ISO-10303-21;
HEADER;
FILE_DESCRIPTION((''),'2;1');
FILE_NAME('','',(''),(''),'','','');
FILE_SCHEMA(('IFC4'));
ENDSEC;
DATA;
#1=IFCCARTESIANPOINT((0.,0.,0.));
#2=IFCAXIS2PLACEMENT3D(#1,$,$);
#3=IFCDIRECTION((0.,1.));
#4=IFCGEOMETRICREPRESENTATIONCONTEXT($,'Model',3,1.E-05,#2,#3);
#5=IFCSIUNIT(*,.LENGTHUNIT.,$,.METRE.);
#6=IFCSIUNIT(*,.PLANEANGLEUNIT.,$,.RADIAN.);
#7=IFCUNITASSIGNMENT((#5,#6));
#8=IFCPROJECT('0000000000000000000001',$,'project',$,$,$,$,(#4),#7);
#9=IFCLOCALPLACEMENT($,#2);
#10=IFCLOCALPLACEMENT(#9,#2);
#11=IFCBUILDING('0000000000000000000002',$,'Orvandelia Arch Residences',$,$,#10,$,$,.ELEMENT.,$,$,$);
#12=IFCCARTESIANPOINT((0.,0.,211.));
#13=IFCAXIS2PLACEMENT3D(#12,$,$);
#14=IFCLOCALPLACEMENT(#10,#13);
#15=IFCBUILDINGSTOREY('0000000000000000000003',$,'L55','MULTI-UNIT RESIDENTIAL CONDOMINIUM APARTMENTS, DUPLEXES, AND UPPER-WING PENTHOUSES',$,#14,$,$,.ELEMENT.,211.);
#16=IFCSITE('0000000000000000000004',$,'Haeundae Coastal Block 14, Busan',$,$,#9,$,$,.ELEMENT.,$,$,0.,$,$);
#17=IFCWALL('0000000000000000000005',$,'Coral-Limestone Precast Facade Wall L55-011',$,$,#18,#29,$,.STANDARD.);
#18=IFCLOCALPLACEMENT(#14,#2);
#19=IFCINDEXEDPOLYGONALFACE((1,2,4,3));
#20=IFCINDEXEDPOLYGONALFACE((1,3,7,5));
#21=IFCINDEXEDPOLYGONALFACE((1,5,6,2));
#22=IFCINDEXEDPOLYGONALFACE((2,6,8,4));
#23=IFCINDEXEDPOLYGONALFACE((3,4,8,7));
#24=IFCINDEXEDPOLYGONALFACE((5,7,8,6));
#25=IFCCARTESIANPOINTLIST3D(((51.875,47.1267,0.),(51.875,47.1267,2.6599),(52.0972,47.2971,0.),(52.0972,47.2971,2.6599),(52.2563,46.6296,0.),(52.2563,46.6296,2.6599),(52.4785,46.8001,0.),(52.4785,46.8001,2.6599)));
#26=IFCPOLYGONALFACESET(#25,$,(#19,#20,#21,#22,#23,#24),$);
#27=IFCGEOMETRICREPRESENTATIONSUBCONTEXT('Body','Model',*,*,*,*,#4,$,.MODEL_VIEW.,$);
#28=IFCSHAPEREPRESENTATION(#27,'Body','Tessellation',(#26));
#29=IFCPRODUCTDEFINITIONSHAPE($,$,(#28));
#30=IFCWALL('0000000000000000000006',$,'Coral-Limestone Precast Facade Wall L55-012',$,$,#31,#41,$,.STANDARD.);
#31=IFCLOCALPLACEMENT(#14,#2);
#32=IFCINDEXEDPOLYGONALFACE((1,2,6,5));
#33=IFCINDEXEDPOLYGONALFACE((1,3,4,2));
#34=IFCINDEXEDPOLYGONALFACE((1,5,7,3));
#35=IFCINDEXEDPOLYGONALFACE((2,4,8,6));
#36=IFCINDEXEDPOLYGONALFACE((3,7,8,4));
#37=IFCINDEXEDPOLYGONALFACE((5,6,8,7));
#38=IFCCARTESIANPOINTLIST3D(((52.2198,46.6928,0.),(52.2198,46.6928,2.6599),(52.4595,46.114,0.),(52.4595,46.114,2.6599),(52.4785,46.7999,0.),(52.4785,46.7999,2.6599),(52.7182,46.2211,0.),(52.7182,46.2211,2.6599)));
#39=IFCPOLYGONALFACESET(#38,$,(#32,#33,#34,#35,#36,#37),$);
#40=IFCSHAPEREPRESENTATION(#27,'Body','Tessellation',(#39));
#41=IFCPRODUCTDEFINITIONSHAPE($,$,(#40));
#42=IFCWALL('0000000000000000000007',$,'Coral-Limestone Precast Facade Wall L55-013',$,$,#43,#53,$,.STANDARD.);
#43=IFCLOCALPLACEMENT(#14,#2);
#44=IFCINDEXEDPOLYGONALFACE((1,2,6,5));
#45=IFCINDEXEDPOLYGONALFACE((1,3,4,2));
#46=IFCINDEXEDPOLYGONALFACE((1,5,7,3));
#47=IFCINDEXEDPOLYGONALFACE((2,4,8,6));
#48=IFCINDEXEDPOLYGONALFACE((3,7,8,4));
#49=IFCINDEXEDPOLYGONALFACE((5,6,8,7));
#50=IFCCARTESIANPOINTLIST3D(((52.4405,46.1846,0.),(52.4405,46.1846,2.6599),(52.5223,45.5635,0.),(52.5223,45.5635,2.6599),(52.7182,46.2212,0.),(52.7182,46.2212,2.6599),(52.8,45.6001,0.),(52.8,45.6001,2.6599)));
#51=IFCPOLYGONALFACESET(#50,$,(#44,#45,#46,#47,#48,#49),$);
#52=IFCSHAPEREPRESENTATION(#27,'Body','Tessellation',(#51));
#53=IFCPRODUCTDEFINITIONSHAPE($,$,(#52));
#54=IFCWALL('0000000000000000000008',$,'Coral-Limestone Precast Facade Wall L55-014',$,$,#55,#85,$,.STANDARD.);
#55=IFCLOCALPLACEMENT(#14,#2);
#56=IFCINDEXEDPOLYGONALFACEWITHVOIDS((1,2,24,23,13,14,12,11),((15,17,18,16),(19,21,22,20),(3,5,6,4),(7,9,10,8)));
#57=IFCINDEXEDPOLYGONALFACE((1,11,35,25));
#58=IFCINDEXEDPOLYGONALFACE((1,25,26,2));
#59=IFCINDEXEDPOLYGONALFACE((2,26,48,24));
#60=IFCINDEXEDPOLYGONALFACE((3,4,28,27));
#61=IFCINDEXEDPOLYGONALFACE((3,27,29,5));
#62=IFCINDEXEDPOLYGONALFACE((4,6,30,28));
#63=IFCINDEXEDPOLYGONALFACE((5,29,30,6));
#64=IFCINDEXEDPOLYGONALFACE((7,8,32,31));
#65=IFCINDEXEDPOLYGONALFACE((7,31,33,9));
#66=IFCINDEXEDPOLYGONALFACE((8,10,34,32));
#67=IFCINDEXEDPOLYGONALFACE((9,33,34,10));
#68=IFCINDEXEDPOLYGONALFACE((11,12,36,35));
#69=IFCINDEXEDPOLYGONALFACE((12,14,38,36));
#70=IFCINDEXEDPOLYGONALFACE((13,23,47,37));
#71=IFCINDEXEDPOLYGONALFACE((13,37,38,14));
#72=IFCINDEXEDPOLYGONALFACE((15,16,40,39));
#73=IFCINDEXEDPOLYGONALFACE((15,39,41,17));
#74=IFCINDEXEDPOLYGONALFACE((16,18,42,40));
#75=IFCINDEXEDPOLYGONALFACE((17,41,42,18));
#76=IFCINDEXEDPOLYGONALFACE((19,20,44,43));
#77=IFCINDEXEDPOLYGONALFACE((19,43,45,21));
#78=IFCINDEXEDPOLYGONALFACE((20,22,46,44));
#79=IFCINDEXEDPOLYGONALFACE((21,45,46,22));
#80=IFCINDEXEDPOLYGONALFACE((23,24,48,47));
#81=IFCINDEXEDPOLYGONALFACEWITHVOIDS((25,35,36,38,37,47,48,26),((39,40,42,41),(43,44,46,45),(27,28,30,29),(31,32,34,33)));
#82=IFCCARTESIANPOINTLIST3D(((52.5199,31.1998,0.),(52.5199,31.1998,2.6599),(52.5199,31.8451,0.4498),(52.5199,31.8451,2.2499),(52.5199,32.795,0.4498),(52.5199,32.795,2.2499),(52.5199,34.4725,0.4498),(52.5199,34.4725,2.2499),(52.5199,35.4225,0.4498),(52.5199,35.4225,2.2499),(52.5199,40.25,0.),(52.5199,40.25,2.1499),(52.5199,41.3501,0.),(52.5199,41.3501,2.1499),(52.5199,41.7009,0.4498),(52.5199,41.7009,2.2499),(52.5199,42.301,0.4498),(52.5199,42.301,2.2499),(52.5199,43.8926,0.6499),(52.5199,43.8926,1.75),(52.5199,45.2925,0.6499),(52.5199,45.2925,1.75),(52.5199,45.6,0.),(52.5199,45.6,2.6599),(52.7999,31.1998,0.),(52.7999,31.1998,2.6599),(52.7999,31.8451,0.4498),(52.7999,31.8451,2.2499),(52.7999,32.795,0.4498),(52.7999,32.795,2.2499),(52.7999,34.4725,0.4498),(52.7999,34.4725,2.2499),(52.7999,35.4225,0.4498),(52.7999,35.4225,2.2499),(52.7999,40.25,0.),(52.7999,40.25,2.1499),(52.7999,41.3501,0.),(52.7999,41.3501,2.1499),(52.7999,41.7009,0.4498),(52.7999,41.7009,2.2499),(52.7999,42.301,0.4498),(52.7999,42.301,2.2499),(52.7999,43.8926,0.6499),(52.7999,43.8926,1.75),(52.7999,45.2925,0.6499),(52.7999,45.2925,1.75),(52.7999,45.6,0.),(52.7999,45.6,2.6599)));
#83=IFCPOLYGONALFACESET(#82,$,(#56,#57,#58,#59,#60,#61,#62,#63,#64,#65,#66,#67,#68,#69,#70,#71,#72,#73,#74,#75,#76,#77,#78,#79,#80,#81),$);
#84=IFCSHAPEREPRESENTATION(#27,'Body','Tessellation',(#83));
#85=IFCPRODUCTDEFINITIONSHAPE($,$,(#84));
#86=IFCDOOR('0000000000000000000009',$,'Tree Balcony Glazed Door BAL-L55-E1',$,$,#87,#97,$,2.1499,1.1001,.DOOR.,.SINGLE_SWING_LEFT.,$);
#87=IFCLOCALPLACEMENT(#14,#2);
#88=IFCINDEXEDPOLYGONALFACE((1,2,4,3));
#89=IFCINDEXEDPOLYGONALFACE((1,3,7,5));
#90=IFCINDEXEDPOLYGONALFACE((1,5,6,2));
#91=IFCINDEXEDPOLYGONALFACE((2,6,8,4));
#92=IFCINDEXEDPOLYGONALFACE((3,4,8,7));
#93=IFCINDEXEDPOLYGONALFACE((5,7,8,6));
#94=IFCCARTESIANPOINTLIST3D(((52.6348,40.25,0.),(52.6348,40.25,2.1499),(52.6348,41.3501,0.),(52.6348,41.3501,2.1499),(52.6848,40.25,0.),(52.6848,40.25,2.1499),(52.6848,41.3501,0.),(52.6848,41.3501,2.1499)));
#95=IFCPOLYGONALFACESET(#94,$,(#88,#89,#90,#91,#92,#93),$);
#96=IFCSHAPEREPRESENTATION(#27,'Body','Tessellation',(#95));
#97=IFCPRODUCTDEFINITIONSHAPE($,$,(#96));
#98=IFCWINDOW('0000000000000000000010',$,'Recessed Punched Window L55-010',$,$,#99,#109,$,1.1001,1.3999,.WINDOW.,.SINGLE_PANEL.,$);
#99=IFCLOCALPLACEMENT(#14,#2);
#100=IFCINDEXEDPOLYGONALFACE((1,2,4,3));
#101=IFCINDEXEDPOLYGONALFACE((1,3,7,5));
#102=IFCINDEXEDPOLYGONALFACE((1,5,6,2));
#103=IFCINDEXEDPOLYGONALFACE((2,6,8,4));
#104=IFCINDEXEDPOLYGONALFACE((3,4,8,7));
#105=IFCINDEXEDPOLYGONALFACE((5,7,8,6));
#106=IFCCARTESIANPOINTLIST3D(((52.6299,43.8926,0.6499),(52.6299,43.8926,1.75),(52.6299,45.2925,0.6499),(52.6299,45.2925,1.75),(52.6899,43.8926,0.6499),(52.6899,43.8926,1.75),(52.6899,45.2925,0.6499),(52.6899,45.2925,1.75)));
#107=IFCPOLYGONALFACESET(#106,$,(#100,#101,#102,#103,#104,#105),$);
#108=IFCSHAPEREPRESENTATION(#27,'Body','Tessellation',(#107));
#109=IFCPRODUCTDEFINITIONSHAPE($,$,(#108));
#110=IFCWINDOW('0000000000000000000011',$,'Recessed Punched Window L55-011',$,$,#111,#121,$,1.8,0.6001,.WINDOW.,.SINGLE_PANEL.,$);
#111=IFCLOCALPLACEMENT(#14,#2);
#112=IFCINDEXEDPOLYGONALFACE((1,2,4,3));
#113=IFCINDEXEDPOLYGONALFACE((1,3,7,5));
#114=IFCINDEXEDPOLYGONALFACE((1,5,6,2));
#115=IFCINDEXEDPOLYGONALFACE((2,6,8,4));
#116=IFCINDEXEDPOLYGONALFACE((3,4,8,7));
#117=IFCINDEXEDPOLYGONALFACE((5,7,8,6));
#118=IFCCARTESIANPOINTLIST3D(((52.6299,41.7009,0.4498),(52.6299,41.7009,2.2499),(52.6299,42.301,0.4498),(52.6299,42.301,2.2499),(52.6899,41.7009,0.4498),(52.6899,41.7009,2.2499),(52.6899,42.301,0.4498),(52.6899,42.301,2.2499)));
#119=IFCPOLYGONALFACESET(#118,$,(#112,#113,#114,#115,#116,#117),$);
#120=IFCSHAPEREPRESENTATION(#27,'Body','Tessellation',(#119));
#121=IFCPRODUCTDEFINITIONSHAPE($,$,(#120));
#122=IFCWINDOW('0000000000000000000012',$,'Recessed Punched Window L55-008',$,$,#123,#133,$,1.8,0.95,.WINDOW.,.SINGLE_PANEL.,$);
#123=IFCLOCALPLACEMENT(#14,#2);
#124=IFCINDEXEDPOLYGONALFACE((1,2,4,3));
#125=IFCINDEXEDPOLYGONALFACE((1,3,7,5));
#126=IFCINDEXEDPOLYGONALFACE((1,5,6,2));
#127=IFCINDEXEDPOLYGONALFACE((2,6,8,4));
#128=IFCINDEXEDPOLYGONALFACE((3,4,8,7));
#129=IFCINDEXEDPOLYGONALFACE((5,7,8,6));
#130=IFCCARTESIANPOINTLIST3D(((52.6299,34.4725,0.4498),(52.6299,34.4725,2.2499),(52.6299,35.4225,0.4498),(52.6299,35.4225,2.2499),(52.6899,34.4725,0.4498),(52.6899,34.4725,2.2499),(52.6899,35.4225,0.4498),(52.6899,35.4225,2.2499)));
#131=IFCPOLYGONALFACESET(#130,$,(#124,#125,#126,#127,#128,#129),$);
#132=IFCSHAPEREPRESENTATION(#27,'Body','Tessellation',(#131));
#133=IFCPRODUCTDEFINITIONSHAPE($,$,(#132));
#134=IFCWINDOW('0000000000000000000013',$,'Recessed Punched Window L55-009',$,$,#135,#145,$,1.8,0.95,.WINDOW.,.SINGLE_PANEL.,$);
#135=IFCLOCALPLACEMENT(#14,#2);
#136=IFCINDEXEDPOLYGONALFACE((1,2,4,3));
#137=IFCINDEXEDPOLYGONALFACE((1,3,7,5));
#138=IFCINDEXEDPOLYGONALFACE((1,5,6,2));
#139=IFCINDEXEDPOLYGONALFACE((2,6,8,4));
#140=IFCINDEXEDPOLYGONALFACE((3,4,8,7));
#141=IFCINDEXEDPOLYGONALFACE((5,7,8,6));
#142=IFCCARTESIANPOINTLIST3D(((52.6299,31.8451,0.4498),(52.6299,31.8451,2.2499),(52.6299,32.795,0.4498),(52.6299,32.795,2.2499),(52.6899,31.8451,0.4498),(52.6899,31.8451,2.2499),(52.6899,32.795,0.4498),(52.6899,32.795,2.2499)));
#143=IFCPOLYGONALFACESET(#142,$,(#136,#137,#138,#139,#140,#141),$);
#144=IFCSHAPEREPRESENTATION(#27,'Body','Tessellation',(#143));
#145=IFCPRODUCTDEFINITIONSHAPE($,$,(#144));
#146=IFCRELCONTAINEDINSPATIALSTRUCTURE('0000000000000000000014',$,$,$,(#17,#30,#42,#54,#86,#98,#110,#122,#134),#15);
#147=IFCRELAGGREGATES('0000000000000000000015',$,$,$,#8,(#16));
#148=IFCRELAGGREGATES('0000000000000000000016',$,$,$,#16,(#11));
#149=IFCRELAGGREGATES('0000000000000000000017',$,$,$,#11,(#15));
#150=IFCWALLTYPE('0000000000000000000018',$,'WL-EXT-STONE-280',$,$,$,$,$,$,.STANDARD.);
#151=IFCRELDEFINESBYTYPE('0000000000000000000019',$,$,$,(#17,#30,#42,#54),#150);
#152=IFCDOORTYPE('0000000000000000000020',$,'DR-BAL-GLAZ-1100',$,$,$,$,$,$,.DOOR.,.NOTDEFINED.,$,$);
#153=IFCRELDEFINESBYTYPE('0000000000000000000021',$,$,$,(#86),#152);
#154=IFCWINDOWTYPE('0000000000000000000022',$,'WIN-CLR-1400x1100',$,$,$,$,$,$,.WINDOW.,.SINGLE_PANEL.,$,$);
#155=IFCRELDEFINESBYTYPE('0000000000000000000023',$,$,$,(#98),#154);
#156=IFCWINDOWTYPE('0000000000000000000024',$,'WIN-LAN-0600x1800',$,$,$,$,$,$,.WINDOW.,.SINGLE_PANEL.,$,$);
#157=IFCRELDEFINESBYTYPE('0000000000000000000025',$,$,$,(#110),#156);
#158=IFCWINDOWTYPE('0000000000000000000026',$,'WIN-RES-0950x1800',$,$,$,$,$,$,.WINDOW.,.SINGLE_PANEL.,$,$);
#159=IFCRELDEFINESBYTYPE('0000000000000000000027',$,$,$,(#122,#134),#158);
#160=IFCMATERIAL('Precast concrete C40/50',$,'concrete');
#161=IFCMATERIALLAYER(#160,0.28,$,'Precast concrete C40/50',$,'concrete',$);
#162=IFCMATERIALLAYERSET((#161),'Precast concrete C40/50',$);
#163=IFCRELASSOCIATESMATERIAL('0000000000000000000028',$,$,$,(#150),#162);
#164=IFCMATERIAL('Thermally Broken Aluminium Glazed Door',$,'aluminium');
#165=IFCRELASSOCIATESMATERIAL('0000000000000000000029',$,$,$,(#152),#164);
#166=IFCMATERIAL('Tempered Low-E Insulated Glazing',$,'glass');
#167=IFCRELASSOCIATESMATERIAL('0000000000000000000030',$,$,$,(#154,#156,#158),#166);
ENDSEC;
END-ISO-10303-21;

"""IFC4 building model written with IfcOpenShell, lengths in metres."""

from ifc_helpers import new_model, si_unit, direction, frame, frame_2d, origin, place, context, subcontext, project, spatial, rectangle, extrude, material, layer, layer_set, type_object, element, fill, save


model = new_model("IFC4")

# Units and contexts
model_context = context("Model", 3, precision=1e-05, world=origin(), true_north=direction((0.0, 1.0)))
body_context = subcontext(model_context, "Body", "Model", "MODEL_VIEW")
ifc_project = project(units=[si_unit("LENGTHUNIT", "METRE"), si_unit("PLANEANGLEUNIT", "RADIAN")], contexts=[model_context])

# Site, building, storey
site_placement = place(None, origin())
site = spatial("IfcSite", under=ifc_project, at=site_placement, Name="Haeundae Coastal Block 14, Busan", CompositionType="ELEMENT", RefElevation=0.0)
building_placement = place(site_placement, origin())
building = spatial("IfcBuilding", under=site, at=building_placement, Name="Orvandelia Arch Residences", CompositionType="ELEMENT")
storey_placement = place(building_placement, frame((0.0, 0.0, 211.0)))
storey = spatial("IfcBuildingStorey", under=building, at=storey_placement, Name="L55", Description="MULTI-UNIT RESIDENTIAL CONDOMINIUM APARTMENTS, DUPLEXES, AND UPPER-WING PENTHOUSES", CompositionType="ELEMENT", Elevation=211.0)

# Walls
ifc_material_1 = material(Name="Precast concrete C40/50", Category="concrete")
ifc_layer_1 = layer(ifc_material_1, 0.28, Name="Precast concrete C40/50", Category="concrete")
ifc_layer_set_1 = layer_set([ifc_layer_1], Name="Precast concrete C40/50")
wall_type_1 = type_object("IfcWallType", Name="WL-EXT-STONE-280", PredefinedType="STANDARD", material=ifc_layer_set_1)
for number, where, z_axis, x_axis, name in (
    (1, (51.9861, 47.2119, 0.0), (0.0, 0.0, 1.0), (0.608693, -0.793406, 0.0), "Coral-Limestone Precast Facade Wall L55-011"),
    (2, (52.3491, 46.7463, 0.0), (0.0, 0.0, 1.0), (0.38265, -0.923893, 0.0), "Coral-Limestone Precast Facade Wall L55-012"),
    (3, (52.5793, 46.2029, 0.0), (0.0, 0.0, 1.0), (0.130555, -0.991441, 0.0), "Coral-Limestone Precast Facade Wall L55-013"),
):
    element("IfcWall", number, at=place(storey_placement, frame(where, z_axis=z_axis, x_axis=x_axis)), inside=storey, type_object=wall_type_1, Name=name, PredefinedType="STANDARD", context=body_context, shape_type="SweptSolid", body=[
        extrude(rectangle(XDim=0.6265, YDim=0.28, at=frame_2d((0.3132, 0.0))), origin(), (0.0, 0.0, 1.0), 2.6599),
    ])

# Wall, openings, door, windows
wall_1_placement = place(storey_placement, frame((52.6599, 45.6001, 0.0), z_axis=(0.0, 0.0, 1.0), x_axis=(0.0, -1.0, 0.0)))
wall_1 = element("IfcWall", 4, at=wall_1_placement, inside=storey, type_object=wall_type_1, Name="Coral-Limestone Precast Facade Wall L55-014", PredefinedType="STANDARD", context=body_context, shape_type="SweptSolid", body=[
    extrude(rectangle(XDim=14.4001, YDim=0.28, at=frame_2d((7.2002, 0.0))), origin(), (0.0, 0.0, 1.0), 2.6599),
])
opening_1_placement = place(wall_1_placement, frame((4.25, 0.0, 0.0)))
opening_1 = element("IfcOpeningElement", 5, at=opening_1_placement, cuts=wall_1, PredefinedType="OPENING", context=body_context, shape_type="SweptSolid", body=[
    extrude(rectangle(XDim=1.1001, YDim=2.1499, at=frame_2d((0.55, 1.075))), frame((0.0, 0.1499, 0.0), z_axis=(0.0, -1.0, 0.0), x_axis=(1.0, 0.0, 0.0)), (0.0, 0.0, 1.0), 0.3),
])
opening_2_placement = place(wall_1_placement, frame((10.1775, 0.0, 0.45)))
opening_2 = element("IfcOpeningElement", 6, at=opening_2_placement, cuts=wall_1, PredefinedType="OPENING", context=body_context, shape_type="SweptSolid", body=[
    extrude(rectangle(XDim=0.95, YDim=1.8, at=frame_2d((0.4751, 0.8999))), frame((0.0, 0.1499, 0.0), z_axis=(0.0, -1.0, 0.0), x_axis=(1.0, 0.0, 0.0)), (0.0, 0.0, 1.0), 0.3),
])
opening_3_placement = place(wall_1_placement, frame((12.8049, 0.0, 0.45)))
opening_3 = element("IfcOpeningElement", 7, at=opening_3_placement, cuts=wall_1, PredefinedType="OPENING", context=body_context, shape_type="SweptSolid", body=[
    extrude(rectangle(XDim=0.95, YDim=1.8, at=frame_2d((0.4751, 0.8999))), frame((0.0, 0.1499, 0.0), z_axis=(0.0, -1.0, 0.0), x_axis=(1.0, 0.0, 0.0)), (0.0, 0.0, 1.0), 0.3),
])
opening_4_placement = place(wall_1_placement, frame((0.3076, 0.0, 0.6499)))
opening_4 = element("IfcOpeningElement", 8, at=opening_4_placement, cuts=wall_1, PredefinedType="OPENING", context=body_context, shape_type="SweptSolid", body=[
    extrude(rectangle(XDim=1.3999, YDim=1.1001, at=frame_2d((0.7, 0.55))), frame((0.0, 0.1499, 0.0), z_axis=(0.0, -1.0, 0.0), x_axis=(1.0, 0.0, 0.0)), (0.0, 0.0, 1.0), 0.3),
])
opening_5_placement = place(wall_1_placement, frame((3.2991, 0.0, 0.45)))
opening_5 = element("IfcOpeningElement", 9, at=opening_5_placement, cuts=wall_1, PredefinedType="OPENING", context=body_context, shape_type="SweptSolid", body=[
    extrude(rectangle(XDim=0.6001, YDim=1.8, at=frame_2d((0.3, 0.8999))), frame((0.0, 0.1499, 0.0), z_axis=(0.0, -1.0, 0.0), x_axis=(1.0, 0.0, 0.0)), (0.0, 0.0, 1.0), 0.3),
])
ifc_material_2 = material(Name="Thermally Broken Aluminium Glazed Door", Category="aluminium")
door_type_1 = type_object("IfcDoorType", Name="DR-BAL-GLAZ-1100", OperationType="NOTDEFINED", PredefinedType="DOOR", material=ifc_material_2)
door_1_placement = place(opening_1_placement, origin())
door_1 = element("IfcDoor", 10, at=door_1_placement, inside=storey, type_object=door_type_1, Name="Tree Balcony Glazed Door BAL-L55-E1", OperationType="SINGLE_SWING_LEFT", OverallHeight=2.1499, OverallWidth=1.1001, PredefinedType="DOOR", context=body_context, shape_type="SweptSolid", body=[
    extrude(rectangle(XDim=1.1001, YDim=2.1499, at=frame_2d((0.55, 1.075))), frame((0.0, 0.0249, 0.0), z_axis=(0.0, -1.0, 0.0), x_axis=(1.0, 0.0, 0.0)), (0.0, 0.0, 1.0), 0.05),
])
fill(opening_1, door_1)
ifc_material_3 = material(Name="Tempered Low-E Insulated Glazing", Category="glass")
window_type_1 = type_object("IfcWindowType", Name="WIN-CLR-1400x1100", PartitioningType="SINGLE_PANEL", PredefinedType="WINDOW", material=ifc_material_3)
window_1_placement = place(opening_4_placement, origin())
window_1 = element("IfcWindow", 11, at=window_1_placement, inside=storey, type_object=window_type_1, Name="Recessed Punched Window L55-010", OverallHeight=1.1001, OverallWidth=1.3999, PartitioningType="SINGLE_PANEL", PredefinedType="WINDOW", context=body_context, shape_type="SweptSolid", body=[
    extrude(rectangle(XDim=1.3999, YDim=1.1001, at=frame_2d((0.7, 0.55))), frame((0.0, 0.03, 0.0), z_axis=(0.0, -1.0, 0.0), x_axis=(1.0, 0.0, 0.0)), (0.0, 0.0, 1.0), 0.0601),
])
fill(opening_4, window_1)
window_type_2 = type_object("IfcWindowType", Name="WIN-LAN-0600x1800", PartitioningType="SINGLE_PANEL", PredefinedType="WINDOW", material=ifc_material_3)
window_2_placement = place(opening_5_placement, origin())
window_2 = element("IfcWindow", 12, at=window_2_placement, inside=storey, type_object=window_type_2, Name="Recessed Punched Window L55-011", OverallHeight=1.8, OverallWidth=0.6001, PartitioningType="SINGLE_PANEL", PredefinedType="WINDOW", context=body_context, shape_type="SweptSolid", body=[
    extrude(rectangle(XDim=0.6001, YDim=1.8, at=frame_2d((0.3, 0.8999))), frame((0.0, 0.03, 0.0), z_axis=(0.0, -1.0, 0.0), x_axis=(1.0, 0.0, 0.0)), (0.0, 0.0, 1.0), 0.0601),
])
fill(opening_5, window_2)
window_type_3 = type_object("IfcWindowType", Name="WIN-RES-0950x1800", PartitioningType="SINGLE_PANEL", PredefinedType="WINDOW", material=ifc_material_3)
window_3_placement = place(opening_2_placement, origin())
window_3 = element("IfcWindow", 13, at=window_3_placement, inside=storey, type_object=window_type_3, Name="Recessed Punched Window L55-008", OverallHeight=1.8, OverallWidth=0.95, PartitioningType="SINGLE_PANEL", PredefinedType="WINDOW", context=body_context, shape_type="SweptSolid", body=[
    extrude(rectangle(XDim=0.95, YDim=1.8, at=frame_2d((0.4751, 0.8999))), frame((0.0, 0.03, 0.0), z_axis=(0.0, -1.0, 0.0), x_axis=(1.0, 0.0, 0.0)), (0.0, 0.0, 1.0), 0.0601),
])
fill(opening_2, window_3)
window_4_placement = place(opening_3_placement, origin())
window_4 = element("IfcWindow", 14, at=window_4_placement, inside=storey, type_object=window_type_3, Name="Recessed Punched Window L55-009", OverallHeight=1.8, OverallWidth=0.95, PartitioningType="SINGLE_PANEL", PredefinedType="WINDOW", context=body_context, shape_type="SweptSolid", body=[
    extrude(rectangle(XDim=0.95, YDim=1.8, at=frame_2d((0.4751, 0.8999))), frame((0.0, 0.03, 0.0), z_axis=(0.0, -1.0, 0.0), x_axis=(1.0, 0.0, 0.0)), (0.0, 0.0, 1.0), 0.0601),
])
fill(opening_3, window_4)

save(model, "model.ifc")
